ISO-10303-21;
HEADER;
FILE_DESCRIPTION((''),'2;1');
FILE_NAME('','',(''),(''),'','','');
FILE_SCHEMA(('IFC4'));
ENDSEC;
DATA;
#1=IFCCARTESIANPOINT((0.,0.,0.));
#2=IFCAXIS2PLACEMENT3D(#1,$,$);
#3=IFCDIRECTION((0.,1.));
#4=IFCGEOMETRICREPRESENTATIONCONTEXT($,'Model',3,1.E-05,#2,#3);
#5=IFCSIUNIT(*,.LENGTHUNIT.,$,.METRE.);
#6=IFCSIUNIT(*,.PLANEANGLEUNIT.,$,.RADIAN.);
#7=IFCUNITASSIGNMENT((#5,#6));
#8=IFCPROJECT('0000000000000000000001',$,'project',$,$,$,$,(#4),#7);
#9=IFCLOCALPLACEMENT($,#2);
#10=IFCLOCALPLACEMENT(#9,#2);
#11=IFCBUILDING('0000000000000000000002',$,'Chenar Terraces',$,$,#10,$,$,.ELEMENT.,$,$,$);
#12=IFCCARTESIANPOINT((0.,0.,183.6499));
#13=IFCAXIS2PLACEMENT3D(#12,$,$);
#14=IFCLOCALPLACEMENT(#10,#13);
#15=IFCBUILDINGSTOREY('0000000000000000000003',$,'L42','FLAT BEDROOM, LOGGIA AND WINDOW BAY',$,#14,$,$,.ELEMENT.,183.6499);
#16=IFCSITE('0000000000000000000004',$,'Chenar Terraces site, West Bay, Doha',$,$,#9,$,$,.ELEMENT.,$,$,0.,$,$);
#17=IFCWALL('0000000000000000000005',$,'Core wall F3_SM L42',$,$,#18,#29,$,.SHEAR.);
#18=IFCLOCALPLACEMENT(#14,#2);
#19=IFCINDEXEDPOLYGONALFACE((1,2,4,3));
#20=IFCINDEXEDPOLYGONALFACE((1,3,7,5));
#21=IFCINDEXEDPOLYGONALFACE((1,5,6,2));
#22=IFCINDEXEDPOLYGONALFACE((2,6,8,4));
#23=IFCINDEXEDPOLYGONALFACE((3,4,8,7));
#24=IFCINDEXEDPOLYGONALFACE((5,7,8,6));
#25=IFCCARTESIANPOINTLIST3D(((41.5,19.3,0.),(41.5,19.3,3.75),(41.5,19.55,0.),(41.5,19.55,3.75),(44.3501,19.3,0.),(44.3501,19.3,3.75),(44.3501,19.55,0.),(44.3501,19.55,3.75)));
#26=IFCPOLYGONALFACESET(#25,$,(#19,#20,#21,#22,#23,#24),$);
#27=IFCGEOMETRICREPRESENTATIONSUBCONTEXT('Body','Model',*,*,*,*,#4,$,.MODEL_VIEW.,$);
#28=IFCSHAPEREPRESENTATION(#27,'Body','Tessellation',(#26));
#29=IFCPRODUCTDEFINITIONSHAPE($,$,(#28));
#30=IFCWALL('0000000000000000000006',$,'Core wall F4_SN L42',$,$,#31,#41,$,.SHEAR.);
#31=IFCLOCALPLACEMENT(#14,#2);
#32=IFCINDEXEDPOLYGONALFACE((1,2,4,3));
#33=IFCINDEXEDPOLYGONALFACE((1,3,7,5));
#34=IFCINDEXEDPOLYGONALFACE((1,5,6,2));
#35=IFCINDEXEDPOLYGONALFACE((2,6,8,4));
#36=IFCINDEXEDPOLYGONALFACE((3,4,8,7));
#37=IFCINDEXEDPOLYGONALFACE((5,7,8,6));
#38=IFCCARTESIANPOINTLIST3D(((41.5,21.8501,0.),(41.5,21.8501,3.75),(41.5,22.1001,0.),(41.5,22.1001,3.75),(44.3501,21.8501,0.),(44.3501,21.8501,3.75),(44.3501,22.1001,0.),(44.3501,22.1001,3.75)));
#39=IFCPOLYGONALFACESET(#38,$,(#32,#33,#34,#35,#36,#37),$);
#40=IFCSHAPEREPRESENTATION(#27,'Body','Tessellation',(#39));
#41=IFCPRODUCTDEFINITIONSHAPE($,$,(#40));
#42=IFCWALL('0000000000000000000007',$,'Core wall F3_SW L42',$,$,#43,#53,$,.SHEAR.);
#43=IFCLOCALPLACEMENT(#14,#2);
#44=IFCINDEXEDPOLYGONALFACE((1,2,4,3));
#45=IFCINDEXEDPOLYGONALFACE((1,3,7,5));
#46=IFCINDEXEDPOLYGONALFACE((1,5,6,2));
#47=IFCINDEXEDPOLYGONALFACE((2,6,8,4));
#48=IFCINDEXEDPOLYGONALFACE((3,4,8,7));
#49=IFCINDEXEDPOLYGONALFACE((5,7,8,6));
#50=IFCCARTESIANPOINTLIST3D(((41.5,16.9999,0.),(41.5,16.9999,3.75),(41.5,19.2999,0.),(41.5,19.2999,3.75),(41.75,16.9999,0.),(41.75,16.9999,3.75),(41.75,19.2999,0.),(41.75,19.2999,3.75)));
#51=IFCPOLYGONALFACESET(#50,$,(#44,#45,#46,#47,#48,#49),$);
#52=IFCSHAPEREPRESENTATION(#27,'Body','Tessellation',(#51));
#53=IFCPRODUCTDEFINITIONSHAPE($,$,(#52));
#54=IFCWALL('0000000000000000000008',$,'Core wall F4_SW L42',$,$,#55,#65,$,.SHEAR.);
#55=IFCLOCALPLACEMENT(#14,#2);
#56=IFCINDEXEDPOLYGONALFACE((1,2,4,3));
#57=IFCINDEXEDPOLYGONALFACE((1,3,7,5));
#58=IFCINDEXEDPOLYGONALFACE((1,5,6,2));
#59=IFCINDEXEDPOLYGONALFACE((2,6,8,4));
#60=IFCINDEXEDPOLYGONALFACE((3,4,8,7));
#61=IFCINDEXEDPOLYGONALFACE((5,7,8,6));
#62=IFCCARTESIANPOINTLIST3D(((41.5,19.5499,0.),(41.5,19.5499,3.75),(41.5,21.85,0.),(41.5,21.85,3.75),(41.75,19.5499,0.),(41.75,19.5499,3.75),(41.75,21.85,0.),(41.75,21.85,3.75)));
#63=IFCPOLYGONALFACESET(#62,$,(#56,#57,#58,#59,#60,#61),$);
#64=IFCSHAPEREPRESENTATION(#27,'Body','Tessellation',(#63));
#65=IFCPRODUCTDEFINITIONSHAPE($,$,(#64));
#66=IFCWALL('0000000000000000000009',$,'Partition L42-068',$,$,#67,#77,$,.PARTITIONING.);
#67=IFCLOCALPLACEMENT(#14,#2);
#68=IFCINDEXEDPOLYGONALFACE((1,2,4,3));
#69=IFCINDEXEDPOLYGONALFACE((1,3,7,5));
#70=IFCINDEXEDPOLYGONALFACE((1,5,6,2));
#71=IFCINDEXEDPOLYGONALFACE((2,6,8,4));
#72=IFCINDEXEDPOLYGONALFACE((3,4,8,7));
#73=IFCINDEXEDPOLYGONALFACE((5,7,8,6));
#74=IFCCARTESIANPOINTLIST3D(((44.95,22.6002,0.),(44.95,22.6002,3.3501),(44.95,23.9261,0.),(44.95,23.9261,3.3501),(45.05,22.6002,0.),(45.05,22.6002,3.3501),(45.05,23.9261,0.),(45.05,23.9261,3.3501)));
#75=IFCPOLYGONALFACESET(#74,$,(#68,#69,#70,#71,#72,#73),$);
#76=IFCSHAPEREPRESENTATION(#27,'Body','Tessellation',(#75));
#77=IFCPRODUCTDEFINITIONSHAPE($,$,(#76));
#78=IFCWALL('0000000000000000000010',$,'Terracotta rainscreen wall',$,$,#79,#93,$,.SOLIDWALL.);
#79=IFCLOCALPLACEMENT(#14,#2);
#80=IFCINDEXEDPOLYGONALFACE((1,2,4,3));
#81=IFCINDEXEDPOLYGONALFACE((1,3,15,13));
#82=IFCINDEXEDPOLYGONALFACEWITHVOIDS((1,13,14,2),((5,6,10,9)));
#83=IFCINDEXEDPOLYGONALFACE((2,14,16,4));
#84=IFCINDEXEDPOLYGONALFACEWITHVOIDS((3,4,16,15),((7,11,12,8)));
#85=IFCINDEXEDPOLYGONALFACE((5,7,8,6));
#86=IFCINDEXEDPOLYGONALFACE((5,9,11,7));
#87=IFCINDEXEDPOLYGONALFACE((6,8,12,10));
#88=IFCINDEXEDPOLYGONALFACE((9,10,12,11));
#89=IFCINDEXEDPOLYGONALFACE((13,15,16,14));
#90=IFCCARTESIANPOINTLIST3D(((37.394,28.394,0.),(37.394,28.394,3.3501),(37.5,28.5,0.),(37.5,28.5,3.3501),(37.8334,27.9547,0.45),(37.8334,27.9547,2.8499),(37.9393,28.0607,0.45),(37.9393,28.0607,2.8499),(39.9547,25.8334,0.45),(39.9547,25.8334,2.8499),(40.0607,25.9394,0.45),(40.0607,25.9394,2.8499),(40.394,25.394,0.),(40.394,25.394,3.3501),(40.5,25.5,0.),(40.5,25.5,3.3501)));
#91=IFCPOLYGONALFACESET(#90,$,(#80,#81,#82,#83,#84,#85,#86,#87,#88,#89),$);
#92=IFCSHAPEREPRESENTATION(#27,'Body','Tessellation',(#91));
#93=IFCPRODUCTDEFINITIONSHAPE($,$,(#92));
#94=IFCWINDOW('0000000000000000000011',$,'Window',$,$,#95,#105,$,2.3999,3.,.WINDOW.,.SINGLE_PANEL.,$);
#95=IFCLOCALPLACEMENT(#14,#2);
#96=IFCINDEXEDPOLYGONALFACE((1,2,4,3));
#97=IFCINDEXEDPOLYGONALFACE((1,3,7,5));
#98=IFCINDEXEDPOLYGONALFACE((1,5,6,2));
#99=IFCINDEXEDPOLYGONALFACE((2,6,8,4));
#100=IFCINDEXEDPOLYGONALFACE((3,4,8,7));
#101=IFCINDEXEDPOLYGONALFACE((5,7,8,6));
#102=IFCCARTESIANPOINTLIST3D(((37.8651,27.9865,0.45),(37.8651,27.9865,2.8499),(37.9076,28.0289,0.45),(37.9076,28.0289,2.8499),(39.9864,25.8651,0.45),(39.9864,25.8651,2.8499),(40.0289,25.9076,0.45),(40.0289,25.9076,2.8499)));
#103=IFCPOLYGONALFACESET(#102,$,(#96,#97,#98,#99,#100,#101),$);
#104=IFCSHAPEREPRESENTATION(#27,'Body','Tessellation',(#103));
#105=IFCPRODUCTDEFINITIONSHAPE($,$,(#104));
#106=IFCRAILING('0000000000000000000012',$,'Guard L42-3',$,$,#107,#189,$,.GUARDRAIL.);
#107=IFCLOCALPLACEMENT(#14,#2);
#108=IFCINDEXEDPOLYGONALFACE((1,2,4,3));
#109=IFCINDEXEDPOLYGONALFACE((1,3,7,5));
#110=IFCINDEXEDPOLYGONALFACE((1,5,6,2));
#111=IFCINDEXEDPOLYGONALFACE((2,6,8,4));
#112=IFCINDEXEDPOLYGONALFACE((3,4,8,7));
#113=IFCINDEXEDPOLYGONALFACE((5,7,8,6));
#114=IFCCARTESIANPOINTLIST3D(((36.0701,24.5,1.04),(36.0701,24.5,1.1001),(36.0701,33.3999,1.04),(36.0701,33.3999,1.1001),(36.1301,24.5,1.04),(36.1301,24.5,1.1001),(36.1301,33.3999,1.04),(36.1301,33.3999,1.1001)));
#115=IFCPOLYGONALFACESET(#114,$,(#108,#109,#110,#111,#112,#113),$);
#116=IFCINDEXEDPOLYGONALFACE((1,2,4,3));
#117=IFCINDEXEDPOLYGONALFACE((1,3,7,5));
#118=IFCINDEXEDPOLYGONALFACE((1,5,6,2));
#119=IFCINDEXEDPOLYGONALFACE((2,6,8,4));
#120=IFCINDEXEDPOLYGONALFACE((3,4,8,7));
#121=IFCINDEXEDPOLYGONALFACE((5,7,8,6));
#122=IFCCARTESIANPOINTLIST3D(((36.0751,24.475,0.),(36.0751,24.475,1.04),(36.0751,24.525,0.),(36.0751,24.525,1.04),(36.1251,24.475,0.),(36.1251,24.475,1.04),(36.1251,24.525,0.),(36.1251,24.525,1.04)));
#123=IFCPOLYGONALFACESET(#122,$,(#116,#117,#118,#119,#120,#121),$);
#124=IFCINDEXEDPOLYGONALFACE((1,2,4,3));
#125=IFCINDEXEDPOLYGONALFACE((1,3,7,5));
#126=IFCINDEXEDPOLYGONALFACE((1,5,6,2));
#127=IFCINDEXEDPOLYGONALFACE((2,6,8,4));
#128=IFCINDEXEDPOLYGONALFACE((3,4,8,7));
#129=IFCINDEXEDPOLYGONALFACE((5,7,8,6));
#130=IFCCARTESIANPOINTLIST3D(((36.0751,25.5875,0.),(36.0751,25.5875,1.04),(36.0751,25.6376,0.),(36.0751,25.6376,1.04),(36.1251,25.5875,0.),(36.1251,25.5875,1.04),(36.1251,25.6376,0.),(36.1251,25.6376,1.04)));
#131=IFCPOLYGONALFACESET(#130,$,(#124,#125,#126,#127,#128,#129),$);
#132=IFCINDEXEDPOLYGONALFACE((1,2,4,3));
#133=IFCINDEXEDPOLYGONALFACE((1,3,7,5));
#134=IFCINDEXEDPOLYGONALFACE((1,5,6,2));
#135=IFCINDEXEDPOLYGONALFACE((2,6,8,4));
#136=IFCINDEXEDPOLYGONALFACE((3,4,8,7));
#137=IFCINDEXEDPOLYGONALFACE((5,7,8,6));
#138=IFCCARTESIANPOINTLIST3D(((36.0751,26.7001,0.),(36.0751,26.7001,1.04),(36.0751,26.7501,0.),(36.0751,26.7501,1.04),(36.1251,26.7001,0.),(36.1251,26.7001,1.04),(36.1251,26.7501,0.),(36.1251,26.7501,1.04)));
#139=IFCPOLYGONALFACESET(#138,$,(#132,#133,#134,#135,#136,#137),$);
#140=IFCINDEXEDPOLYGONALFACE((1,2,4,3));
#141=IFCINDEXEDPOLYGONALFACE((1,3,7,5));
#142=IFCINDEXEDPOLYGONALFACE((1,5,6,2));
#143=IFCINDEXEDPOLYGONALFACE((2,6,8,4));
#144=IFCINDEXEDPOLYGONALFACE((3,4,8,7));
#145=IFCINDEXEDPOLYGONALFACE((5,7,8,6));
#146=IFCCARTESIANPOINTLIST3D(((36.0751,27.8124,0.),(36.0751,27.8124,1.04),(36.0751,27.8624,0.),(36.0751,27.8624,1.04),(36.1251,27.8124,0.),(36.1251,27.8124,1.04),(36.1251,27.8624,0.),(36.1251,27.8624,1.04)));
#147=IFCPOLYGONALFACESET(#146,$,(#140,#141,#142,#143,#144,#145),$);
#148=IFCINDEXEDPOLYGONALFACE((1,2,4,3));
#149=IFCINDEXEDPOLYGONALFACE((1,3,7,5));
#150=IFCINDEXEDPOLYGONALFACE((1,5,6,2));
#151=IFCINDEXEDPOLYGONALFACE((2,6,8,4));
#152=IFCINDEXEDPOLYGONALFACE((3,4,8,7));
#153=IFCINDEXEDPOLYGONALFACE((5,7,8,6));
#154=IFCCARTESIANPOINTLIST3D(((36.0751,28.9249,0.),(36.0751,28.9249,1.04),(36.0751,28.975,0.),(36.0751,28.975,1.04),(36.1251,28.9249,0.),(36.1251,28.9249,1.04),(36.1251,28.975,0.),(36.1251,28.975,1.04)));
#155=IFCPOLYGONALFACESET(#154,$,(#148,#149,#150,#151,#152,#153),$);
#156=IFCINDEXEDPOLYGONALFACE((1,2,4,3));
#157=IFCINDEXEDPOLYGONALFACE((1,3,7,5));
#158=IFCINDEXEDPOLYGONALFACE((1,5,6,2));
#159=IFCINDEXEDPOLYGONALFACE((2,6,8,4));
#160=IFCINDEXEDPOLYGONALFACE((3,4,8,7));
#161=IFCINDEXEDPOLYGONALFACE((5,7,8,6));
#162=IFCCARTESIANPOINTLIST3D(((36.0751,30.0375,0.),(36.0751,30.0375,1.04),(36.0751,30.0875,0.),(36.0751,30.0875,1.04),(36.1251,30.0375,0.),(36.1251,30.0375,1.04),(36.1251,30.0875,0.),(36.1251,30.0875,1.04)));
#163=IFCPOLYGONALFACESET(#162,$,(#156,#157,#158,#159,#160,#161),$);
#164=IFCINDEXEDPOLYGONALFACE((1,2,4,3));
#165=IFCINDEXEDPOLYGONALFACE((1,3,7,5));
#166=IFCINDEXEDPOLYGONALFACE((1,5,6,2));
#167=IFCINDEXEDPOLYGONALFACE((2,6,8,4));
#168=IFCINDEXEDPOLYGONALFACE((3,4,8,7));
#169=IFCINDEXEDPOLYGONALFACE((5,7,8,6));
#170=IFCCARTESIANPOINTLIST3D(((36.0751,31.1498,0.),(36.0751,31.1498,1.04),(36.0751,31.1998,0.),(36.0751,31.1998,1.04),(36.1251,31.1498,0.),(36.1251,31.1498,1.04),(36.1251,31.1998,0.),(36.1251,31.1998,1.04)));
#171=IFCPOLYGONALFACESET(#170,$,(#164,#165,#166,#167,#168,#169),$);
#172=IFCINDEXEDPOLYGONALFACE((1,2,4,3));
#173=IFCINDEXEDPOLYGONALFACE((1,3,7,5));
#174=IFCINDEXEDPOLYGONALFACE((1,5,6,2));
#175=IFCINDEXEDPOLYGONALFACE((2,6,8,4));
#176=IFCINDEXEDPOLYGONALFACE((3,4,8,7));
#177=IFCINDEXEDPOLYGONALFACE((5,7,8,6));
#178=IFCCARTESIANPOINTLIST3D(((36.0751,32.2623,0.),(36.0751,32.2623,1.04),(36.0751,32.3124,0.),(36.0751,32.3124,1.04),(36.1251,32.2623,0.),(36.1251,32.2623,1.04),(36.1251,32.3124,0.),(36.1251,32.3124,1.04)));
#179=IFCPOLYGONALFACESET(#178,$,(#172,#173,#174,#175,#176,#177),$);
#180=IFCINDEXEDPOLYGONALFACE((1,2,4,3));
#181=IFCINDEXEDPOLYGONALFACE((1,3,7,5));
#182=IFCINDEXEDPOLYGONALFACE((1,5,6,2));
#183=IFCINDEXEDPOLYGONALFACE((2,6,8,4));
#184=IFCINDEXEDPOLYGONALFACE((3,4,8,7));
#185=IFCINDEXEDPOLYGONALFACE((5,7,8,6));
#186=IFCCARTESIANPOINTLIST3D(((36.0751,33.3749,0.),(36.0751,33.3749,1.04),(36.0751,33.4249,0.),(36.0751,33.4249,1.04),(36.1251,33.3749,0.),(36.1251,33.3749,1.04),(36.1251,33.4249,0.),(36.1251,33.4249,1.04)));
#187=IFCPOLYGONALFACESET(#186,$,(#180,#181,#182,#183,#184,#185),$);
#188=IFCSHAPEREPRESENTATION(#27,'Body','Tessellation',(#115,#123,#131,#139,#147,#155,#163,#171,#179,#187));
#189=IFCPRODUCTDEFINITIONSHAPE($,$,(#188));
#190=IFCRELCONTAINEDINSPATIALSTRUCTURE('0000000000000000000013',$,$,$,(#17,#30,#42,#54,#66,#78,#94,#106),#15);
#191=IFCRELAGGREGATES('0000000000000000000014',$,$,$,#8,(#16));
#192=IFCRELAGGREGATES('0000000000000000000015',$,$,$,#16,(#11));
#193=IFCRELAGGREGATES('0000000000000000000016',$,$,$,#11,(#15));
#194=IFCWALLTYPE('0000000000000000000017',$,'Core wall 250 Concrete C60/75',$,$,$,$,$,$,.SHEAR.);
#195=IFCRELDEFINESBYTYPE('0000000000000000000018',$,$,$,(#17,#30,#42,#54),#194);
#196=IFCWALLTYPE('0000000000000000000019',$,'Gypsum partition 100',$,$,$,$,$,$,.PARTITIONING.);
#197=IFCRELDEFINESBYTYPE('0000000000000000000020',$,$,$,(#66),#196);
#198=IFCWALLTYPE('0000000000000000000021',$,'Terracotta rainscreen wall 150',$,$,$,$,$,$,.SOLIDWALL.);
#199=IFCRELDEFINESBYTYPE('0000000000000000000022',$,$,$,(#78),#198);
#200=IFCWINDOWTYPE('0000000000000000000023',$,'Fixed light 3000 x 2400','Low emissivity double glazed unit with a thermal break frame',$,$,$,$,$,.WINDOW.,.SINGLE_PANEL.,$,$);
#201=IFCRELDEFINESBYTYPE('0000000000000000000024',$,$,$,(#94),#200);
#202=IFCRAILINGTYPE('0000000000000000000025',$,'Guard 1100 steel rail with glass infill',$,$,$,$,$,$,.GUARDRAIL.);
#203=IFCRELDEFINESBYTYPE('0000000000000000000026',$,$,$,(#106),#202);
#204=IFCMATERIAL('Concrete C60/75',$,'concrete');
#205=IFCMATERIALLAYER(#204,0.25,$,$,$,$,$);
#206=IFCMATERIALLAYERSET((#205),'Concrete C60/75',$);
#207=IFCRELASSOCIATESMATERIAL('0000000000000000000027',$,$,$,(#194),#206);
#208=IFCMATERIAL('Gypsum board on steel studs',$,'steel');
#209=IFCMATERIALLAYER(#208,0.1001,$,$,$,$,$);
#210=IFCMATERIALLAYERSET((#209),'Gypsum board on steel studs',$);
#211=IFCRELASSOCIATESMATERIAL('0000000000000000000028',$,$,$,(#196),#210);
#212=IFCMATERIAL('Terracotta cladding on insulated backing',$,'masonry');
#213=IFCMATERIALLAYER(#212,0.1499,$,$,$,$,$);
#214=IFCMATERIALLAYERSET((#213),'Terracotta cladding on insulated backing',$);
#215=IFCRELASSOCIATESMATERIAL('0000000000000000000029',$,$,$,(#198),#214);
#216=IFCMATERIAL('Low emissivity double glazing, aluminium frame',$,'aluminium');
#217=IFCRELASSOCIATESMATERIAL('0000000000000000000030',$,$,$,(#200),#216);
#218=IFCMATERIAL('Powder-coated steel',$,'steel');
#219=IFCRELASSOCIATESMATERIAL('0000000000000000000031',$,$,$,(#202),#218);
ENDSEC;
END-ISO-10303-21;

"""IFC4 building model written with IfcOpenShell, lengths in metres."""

from ifc_helpers import new_model, si_unit, direction, frame, frame_2d, origin, origin_2d, place, context, subcontext, project, spatial, rectangle, extrude, material, layer, layer_set, type_object, element, fill, save


model = new_model("IFC4")

# Units and contexts
model_context = context("Model", 3, precision=1e-05, world=origin(), true_north=direction((0.0, 1.0)))
body_context = subcontext(model_context, "Body", "Model", "MODEL_VIEW")
ifc_project = project(units=[si_unit("LENGTHUNIT", "METRE"), si_unit("PLANEANGLEUNIT", "RADIAN")], contexts=[model_context])

# Site, building, storey
site_placement = place(None, origin())
site = spatial("IfcSite", under=ifc_project, at=site_placement, Name="Chenar Terraces site, West Bay, Doha", CompositionType="ELEMENT", RefElevation=0.0)
building_placement = place(site_placement, origin())
building = spatial("IfcBuilding", under=site, at=building_placement, Name="Chenar Terraces", CompositionType="ELEMENT")
storey_placement = place(building_placement, frame((0.0, 0.0, 183.6499)))
storey = spatial("IfcBuildingStorey", under=building, at=storey_placement, Name="L42", Description="FLAT BEDROOM, LOGGIA AND WINDOW BAY", CompositionType="ELEMENT", Elevation=183.6499)

# Shared definitions
ifc_material_1 = material(Name="Concrete C60/75", Category="concrete")
ifc_layer_1 = layer(ifc_material_1, 0.25)
ifc_layer_set_1 = layer_set([ifc_layer_1], Name="Concrete C60/75")
wall_type_1 = type_object("IfcWallType", Name="Core wall 250 Concrete C60/75", PredefinedType="SHEAR", material=ifc_layer_set_1)

# Walls
for number, where, z_axis, x_axis, name in (
    (1, (41.5, 19.425, 0.0), (0.0, 0.0, 1.0), (1.0, 0.0, 0.0), "Core wall F3_SM L42"),
    (2, (41.5, 21.9751, 0.0), (0.0, 0.0, 1.0), (1.0, 0.0, 0.0), "Core wall F4_SN L42"),
):
    element("IfcWall", number, at=place(storey_placement, frame(where, z_axis=z_axis, x_axis=x_axis)), inside=storey, type_object=wall_type_1, Name=name, PredefinedType="SHEAR", context=body_context, shape_type="SweptSolid", body=[
        extrude(rectangle(XDim=2.8501, YDim=0.25, at=frame_2d((1.425, 0.0))), origin(), (0.0, 0.0, 1.0), 3.75),
    ])
for number, where, z_axis, x_axis, name in (
    (3, (41.625, 17.0, 0.0), (0.0, 0.0, 1.0), (0.0, 1.0, 0.0), "Core wall F3_SW L42"),
    (4, (41.625, 19.55, 0.0), (0.0, 0.0, 1.0), (0.0, 1.0, 0.0), "Core wall F4_SW L42"),
):
    element("IfcWall", number, at=place(storey_placement, frame(where, z_axis=z_axis, x_axis=x_axis)), inside=storey, type_object=wall_type_1, Name=name, PredefinedType="SHEAR", context=body_context, shape_type="SweptSolid", body=[
        extrude(rectangle(XDim=2.3, YDim=0.25, at=frame_2d((1.1499, 0.0))), origin(), (0.0, 0.0, 1.0), 3.75),
    ])
ifc_material_2 = material(Name="Gypsum board on steel studs", Category="steel")
ifc_layer_2 = layer(ifc_material_2, 0.1001)
ifc_layer_set_2 = layer_set([ifc_layer_2], Name="Gypsum board on steel studs")
wall_type_2 = type_object("IfcWallType", Name="Gypsum partition 100", PredefinedType="PARTITIONING", material=ifc_layer_set_2)
wall_1_placement = place(storey_placement, frame((45.0, 22.6001, 0.0), z_axis=(0.0, 0.0, 1.0), x_axis=(0.0, 1.0, 0.0)))
element("IfcWall", 5, at=wall_1_placement, inside=storey, type_object=wall_type_2, Name="Partition L42-068", PredefinedType="PARTITIONING", context=body_context, shape_type="SweptSolid", body=[
    extrude(rectangle(XDim=1.3259, YDim=0.1001, at=frame_2d((0.6631, 0.0))), origin(), (0.0, 0.0, 1.0), 3.3501),
])

# Wall, opening, window
ifc_material_3 = material(Name="Terracotta cladding on insulated backing", Category="masonry")
ifc_layer_3 = layer(ifc_material_3, 0.1499)
ifc_layer_set_3 = layer_set([ifc_layer_3], Name="Terracotta cladding on insulated backing")
wall_type_3 = type_object("IfcWallType", Name="Terracotta rainscreen wall 150", PredefinedType="SOLIDWALL", material=ifc_layer_set_3)
wall_2_placement = place(storey_placement, frame((40.447, 25.447, 0.0), z_axis=(0.0, 0.0, 1.0), x_axis=(-0.707107, 0.707107, 0.0)))
wall_2 = element("IfcWall", 6, at=wall_2_placement, inside=storey, type_object=wall_type_3, Name="Terracotta rainscreen wall", PredefinedType="SOLIDWALL", context=body_context, shape_type="SweptSolid", body=[
    extrude(rectangle(XDim=4.2427, YDim=0.1499, at=frame_2d((2.1213, 0.0))), origin(), (0.0, 0.0, 1.0), 3.3501),
])
opening_1_placement = place(wall_2_placement, frame((0.6213, 0.0, 0.45)))
opening_1 = element("IfcOpeningElement", 7, at=opening_1_placement, cuts=wall_2, PredefinedType="OPENING", context=body_context, shape_type="SweptSolid", body=[
    extrude(rectangle(XDim=3.0, YDim=2.3999, at=frame_2d((1.5, 1.2))), frame((0.0, 0.085, 0.0), z_axis=(0.0, -1.0, 0.0), x_axis=(1.0, 0.0, 0.0)), (0.0, 0.0, 1.0), 0.1699),
])
ifc_material_4 = material(Name="Low emissivity double glazing, aluminium frame", Category="aluminium")
window_type = type_object("IfcWindowType", Name="Fixed light 3000 x 2400", Description="Low emissivity double glazed unit with a thermal break frame", PartitioningType="SINGLE_PANEL", PredefinedType="WINDOW", material=ifc_material_4)
window_placement = place(opening_1_placement, origin())
window = element("IfcWindow", 8, at=window_placement, inside=storey, type_object=window_type, Name="Window", OverallHeight=2.3999, OverallWidth=3.0, PartitioningType="SINGLE_PANEL", PredefinedType="WINDOW", context=body_context, shape_type="SweptSolid", body=[
    extrude(rectangle(XDim=3.0, YDim=2.3999, at=frame_2d((1.5, 1.2))), frame((0.0, 0.03, 0.0), z_axis=(0.0, -1.0, 0.0), x_axis=(1.0, 0.0, 0.0)), (0.0, 0.0, 1.0), 0.0601),
])
fill(opening_1, window)

# Railing
ifc_material_5 = material(Name="Powder-coated steel", Category="steel")
railing_type = type_object("IfcRailingType", Name="Guard 1100 steel rail with glass infill", PredefinedType="GUARDRAIL", material=ifc_material_5)
railing_placement = place(storey_placement, frame((36.1001, 24.5, 0.0)))
element("IfcRailing", 9, at=railing_placement, inside=storey, type_object=railing_type, Name="Guard L42-3", PredefinedType="GUARDRAIL", context=body_context, shape_type="SweptSolid", body=[
    extrude(rectangle(XDim=0.0601, YDim=0.0601, at=origin_2d()), frame((0.0, 0.0, 1.0701), z_axis=(0.0, 1.0, 0.0), x_axis=(-1.0, 0.0, 0.0)), (0.0, 0.0, 1.0), 8.8999),
    extrude(rectangle(XDim=0.05, YDim=0.05, at=origin_2d()), origin(), (0.0, 0.0, 1.0), 1.04),
    extrude(rectangle(XDim=0.05, YDim=0.05, at=origin_2d()), frame((0.0, 1.1125, 0.0)), (0.0, 0.0, 1.0), 1.04),
    extrude(rectangle(XDim=0.05, YDim=0.05, at=origin_2d()), frame((0.0, 2.2251, 0.0)), (0.0, 0.0, 1.0), 1.04),
    extrude(rectangle(XDim=0.05, YDim=0.05, at=origin_2d()), frame((0.0, 3.3374, 0.0)), (0.0, 0.0, 1.0), 1.04),
    extrude(rectangle(XDim=0.05, YDim=0.05, at=origin_2d()), frame((0.0, 4.45, 0.0)), (0.0, 0.0, 1.0), 1.04),
    extrude(rectangle(XDim=0.05, YDim=0.05, at=origin_2d()), frame((0.0, 5.5625, 0.0)), (0.0, 0.0, 1.0), 1.04),
    extrude(rectangle(XDim=0.05, YDim=0.05, at=origin_2d()), frame((0.0, 6.6748, 0.0)), (0.0, 0.0, 1.0), 1.04),
    extrude(rectangle(XDim=0.05, YDim=0.05, at=origin_2d()), frame((0.0, 7.7874, 0.0)), (0.0, 0.0, 1.0), 1.04),
    extrude(rectangle(XDim=0.05, YDim=0.05, at=origin_2d()), frame((0.0, 8.8999, 0.0)), (0.0, 0.0, 1.0), 1.04),
])

save(model, "model.ifc")
